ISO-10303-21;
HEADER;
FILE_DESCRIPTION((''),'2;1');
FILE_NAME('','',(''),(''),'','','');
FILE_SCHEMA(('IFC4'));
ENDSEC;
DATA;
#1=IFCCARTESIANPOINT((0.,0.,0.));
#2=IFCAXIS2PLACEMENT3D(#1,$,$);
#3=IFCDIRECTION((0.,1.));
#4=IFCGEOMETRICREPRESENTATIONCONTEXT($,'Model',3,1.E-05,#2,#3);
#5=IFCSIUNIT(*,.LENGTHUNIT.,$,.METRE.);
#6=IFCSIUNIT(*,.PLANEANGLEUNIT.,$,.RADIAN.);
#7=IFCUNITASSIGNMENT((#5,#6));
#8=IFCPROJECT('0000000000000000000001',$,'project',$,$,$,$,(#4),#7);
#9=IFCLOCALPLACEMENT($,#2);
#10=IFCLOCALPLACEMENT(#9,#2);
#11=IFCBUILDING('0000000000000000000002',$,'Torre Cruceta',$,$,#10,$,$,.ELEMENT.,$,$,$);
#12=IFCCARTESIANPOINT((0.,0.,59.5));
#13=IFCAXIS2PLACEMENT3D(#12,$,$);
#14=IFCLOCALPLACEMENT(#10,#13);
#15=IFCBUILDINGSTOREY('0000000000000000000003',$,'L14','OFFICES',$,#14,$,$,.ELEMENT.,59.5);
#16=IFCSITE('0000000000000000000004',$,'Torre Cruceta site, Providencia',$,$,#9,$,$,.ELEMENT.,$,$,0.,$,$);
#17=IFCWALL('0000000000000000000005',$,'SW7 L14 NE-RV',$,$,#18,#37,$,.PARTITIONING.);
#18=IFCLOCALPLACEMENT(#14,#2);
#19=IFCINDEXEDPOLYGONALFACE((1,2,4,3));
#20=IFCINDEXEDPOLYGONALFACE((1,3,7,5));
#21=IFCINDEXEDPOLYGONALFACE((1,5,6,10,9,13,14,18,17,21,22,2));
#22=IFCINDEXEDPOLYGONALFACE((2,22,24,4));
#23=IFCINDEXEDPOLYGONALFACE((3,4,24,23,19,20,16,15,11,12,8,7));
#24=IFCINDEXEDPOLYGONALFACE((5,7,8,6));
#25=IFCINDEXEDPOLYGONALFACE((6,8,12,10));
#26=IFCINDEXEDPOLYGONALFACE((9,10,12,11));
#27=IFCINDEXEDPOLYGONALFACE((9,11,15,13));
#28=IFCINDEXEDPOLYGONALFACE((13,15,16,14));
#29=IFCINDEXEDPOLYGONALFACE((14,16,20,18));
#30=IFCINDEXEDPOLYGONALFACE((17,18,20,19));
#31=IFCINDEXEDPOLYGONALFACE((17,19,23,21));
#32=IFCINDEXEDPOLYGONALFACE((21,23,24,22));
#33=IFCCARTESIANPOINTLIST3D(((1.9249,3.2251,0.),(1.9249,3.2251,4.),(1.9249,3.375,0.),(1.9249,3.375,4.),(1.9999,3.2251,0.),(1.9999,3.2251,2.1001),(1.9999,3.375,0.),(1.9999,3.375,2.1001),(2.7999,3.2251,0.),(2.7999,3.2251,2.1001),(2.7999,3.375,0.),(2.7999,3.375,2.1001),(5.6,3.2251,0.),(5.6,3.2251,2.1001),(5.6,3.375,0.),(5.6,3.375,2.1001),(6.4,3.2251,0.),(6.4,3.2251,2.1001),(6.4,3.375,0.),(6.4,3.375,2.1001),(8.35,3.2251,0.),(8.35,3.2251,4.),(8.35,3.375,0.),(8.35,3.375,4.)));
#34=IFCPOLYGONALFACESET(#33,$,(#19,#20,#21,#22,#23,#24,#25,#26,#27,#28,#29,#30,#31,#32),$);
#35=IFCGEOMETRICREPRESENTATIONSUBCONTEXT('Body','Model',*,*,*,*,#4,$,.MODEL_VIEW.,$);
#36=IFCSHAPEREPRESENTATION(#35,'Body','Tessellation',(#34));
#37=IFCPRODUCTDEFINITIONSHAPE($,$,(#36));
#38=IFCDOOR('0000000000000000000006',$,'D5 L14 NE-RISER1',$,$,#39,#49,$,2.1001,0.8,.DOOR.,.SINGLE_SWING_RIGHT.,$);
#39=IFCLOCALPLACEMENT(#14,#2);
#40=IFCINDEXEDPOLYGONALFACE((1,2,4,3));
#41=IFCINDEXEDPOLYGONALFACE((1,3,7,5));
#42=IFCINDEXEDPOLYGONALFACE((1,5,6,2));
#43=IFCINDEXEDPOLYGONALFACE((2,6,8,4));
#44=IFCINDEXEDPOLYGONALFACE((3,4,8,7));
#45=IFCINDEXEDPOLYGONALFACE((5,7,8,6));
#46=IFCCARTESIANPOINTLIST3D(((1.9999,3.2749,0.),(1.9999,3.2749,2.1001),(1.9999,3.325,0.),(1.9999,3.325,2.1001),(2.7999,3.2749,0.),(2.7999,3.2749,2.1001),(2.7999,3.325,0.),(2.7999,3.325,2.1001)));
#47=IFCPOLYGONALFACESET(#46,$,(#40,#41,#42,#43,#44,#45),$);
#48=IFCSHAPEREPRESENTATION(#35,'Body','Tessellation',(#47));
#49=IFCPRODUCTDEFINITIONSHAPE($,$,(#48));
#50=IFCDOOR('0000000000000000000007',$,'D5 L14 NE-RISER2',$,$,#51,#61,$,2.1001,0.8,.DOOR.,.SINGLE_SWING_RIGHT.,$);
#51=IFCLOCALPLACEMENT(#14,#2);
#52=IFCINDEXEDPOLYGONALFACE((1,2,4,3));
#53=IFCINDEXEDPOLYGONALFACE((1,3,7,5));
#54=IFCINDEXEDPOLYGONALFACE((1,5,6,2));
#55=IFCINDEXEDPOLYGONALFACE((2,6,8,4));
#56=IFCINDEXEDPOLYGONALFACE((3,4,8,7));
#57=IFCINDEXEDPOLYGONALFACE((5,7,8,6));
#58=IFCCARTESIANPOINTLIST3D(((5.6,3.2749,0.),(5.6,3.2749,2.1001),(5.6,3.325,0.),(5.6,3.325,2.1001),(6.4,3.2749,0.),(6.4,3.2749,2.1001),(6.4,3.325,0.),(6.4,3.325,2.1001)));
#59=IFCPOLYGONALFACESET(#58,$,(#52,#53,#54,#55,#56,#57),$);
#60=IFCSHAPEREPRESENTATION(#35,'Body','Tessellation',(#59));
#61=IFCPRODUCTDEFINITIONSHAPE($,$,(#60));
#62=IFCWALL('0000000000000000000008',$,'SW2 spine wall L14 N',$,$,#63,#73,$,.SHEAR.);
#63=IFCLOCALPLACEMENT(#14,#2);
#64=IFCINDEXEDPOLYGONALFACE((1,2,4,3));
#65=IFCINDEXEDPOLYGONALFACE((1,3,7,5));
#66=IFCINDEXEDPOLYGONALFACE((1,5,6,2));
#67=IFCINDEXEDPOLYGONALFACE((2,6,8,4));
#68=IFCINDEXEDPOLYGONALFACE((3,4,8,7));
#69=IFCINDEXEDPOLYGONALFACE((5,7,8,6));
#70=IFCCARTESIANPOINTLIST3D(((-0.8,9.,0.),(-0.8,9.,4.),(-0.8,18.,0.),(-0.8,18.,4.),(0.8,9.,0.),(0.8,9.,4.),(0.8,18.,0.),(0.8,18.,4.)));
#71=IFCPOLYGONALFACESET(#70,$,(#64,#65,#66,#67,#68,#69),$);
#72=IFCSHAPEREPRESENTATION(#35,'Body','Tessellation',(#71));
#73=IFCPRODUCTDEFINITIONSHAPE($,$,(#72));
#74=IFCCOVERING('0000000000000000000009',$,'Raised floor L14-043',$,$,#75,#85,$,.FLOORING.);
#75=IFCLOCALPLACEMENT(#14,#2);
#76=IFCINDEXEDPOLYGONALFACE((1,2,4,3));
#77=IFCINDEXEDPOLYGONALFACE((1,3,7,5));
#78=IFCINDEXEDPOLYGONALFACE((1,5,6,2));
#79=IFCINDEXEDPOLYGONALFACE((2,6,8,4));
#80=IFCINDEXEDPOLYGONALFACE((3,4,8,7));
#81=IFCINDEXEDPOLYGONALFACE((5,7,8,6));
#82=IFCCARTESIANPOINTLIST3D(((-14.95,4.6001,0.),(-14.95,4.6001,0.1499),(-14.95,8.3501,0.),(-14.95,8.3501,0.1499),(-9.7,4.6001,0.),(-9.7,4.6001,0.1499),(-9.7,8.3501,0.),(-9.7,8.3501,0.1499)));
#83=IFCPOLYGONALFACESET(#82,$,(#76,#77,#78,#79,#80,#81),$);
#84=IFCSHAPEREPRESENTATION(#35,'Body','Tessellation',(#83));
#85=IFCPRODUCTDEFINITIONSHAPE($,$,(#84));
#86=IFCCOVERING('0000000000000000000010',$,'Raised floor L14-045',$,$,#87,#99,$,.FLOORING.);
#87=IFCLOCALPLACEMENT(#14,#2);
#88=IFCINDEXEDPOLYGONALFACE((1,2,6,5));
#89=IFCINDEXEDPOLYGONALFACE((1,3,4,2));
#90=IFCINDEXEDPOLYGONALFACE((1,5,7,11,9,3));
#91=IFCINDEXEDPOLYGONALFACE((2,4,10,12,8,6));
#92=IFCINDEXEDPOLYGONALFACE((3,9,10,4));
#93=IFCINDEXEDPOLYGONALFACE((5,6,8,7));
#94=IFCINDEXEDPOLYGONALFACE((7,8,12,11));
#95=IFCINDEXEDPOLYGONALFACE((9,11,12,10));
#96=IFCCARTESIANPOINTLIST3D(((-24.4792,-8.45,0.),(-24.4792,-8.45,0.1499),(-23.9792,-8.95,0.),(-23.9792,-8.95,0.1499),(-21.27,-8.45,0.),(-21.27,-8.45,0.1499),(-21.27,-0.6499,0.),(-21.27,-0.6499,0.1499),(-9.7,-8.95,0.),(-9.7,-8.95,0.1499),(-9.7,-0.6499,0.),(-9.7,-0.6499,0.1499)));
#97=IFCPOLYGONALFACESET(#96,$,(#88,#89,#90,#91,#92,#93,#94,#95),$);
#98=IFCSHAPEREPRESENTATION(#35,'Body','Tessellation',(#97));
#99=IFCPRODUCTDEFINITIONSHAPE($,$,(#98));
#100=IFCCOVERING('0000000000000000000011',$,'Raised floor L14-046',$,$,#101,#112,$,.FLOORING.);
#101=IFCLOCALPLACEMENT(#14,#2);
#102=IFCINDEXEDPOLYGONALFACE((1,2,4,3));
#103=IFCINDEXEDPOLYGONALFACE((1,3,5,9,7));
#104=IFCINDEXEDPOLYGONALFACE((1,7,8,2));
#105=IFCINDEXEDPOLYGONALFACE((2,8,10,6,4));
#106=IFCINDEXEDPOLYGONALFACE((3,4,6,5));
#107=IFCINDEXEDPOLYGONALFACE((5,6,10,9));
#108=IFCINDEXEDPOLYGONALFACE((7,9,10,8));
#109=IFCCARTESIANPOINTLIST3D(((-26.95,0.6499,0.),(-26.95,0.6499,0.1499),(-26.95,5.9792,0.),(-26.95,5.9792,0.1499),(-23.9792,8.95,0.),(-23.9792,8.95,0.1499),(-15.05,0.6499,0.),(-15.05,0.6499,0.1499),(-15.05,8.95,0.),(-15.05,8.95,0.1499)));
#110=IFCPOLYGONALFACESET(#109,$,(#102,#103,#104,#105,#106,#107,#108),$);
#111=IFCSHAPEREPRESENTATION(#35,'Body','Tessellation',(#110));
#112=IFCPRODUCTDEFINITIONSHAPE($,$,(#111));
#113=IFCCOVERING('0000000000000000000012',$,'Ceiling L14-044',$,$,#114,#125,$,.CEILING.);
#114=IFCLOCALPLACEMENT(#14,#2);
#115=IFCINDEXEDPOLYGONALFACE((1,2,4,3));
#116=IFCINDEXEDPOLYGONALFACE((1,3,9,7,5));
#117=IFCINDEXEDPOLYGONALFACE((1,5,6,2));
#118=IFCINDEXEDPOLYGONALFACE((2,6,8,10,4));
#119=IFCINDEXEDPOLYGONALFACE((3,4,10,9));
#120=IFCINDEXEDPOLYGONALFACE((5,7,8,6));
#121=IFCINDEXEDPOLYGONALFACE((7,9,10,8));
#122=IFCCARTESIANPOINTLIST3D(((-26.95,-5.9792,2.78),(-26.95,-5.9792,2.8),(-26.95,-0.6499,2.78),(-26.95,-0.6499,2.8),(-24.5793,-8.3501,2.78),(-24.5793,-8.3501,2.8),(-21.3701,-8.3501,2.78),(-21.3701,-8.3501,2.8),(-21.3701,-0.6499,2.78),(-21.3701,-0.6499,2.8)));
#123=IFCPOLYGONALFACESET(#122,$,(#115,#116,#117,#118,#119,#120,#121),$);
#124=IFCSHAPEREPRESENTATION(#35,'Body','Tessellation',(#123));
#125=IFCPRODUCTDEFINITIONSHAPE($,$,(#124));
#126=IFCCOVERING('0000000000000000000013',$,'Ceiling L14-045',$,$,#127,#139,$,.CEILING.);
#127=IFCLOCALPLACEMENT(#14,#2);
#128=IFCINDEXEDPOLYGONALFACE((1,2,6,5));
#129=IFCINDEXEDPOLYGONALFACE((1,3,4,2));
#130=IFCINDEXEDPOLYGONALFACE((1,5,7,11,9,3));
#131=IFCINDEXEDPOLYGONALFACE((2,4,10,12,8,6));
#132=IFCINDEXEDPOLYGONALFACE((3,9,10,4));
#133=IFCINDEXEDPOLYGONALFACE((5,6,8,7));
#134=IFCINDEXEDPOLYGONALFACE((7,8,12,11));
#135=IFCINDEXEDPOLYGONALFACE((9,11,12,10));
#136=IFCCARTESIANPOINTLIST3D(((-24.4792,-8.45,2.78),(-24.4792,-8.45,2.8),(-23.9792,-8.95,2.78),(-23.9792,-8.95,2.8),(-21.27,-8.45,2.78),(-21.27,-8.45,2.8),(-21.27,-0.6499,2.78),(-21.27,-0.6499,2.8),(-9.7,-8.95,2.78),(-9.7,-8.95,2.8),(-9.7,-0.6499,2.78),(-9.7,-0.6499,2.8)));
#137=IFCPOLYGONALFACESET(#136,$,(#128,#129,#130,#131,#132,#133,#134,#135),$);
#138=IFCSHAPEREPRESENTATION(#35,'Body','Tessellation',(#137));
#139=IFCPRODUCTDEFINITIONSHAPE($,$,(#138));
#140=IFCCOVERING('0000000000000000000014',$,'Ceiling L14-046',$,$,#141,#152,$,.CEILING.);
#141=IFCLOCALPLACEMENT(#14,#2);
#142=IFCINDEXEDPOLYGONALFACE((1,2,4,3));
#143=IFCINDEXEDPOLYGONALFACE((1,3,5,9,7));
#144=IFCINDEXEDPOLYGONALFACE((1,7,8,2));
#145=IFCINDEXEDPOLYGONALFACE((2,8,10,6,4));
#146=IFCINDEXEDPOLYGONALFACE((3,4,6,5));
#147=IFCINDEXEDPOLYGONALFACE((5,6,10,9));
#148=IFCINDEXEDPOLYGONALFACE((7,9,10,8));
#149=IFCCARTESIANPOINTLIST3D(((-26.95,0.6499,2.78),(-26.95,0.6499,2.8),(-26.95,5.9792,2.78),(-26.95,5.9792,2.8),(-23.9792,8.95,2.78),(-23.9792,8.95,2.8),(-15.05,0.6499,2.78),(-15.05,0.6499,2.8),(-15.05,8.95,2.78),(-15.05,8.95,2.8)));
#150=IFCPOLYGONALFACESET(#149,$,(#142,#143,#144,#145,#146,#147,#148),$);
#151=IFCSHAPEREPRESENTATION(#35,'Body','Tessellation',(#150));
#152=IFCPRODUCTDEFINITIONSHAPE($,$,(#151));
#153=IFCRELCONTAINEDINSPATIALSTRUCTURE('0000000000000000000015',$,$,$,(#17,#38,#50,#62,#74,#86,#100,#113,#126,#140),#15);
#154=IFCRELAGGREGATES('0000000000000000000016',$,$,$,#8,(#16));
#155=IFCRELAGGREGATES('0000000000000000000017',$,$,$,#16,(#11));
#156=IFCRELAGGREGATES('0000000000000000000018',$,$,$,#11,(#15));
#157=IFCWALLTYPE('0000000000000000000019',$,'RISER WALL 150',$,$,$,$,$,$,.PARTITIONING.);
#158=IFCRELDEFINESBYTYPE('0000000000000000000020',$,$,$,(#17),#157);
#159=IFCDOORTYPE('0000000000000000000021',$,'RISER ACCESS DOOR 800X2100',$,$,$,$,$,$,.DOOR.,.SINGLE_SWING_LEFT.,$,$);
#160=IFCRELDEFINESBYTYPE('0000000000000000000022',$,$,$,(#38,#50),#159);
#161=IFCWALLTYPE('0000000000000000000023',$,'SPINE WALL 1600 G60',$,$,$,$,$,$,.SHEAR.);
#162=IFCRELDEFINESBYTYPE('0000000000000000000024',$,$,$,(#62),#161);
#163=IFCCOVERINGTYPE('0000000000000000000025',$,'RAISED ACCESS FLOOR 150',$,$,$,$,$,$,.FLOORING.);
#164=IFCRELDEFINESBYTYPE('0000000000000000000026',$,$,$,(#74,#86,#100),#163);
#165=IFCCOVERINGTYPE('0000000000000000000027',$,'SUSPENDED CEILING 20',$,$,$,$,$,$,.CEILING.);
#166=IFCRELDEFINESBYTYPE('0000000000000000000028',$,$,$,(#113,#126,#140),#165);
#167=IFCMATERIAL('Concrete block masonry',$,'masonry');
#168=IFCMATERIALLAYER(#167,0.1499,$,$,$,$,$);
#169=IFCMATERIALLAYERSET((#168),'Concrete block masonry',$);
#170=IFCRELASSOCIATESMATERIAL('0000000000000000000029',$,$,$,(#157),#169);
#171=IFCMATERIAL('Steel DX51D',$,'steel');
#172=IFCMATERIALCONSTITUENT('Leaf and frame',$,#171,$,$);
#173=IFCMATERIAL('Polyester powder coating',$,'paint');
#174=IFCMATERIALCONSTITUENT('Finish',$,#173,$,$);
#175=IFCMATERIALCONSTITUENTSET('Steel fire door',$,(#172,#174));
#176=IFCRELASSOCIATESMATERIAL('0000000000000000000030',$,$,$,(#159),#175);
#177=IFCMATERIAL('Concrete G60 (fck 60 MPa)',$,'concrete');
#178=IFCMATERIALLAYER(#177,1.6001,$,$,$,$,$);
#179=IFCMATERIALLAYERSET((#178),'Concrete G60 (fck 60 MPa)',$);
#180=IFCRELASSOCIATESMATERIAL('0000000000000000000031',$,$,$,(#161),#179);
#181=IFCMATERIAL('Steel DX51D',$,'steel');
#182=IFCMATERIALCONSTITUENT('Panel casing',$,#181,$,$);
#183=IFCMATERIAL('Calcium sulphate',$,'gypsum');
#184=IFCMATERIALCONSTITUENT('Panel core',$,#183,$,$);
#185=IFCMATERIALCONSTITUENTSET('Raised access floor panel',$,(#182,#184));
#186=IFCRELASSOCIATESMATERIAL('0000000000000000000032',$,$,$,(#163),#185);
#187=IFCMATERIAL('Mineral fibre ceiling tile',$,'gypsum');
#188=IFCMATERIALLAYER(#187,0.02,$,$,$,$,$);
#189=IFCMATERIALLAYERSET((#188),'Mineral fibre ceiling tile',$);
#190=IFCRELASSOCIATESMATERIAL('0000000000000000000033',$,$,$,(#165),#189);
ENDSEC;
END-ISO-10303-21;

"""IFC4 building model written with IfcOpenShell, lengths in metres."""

from ifc_helpers import new_model, si_unit, direction, frame, frame_2d, origin, place, context, subcontext, project, spatial, polyline, rectangle, outline, extrude, material, layer, layer_set, constituent, constituent_set, type_object, element, fill, save


model = new_model("IFC4")

# Units and contexts
model_context = context("Model", 3, precision=1e-05, world=origin(), true_north=direction((0.0, 1.0)))
body_context = subcontext(model_context, "Body", "Model", "MODEL_VIEW")
ifc_project = project(units=[si_unit("LENGTHUNIT", "METRE"), si_unit("PLANEANGLEUNIT", "RADIAN")], contexts=[model_context])

# Site, building, storey
site_placement = place(None, origin())
site = spatial("IfcSite", under=ifc_project, at=site_placement, Name="Torre Cruceta site, Providencia", CompositionType="ELEMENT", RefElevation=0.0)
building_placement = place(site_placement, origin())
building = spatial("IfcBuilding", under=site, at=building_placement, Name="Torre Cruceta", CompositionType="ELEMENT")
storey_placement = place(building_placement, frame((0.0, 0.0, 59.5)))
storey = spatial("IfcBuildingStorey", under=building, at=storey_placement, Name="L14", Description="OFFICES", CompositionType="ELEMENT", Elevation=59.5)

# Wall, openings, doors
ifc_material_1 = material(Name="Concrete block masonry", Category="masonry")
ifc_layer_1 = layer(ifc_material_1, 0.1499)
ifc_layer_set_1 = layer_set([ifc_layer_1], Name="Concrete block masonry")
wall_type_1 = type_object("IfcWallType", Name="RISER WALL 150", PredefinedType="PARTITIONING", material=ifc_layer_set_1)
wall_1_placement = place(storey_placement, frame((1.925, 3.3, 0.0), z_axis=(0.0, 0.0, 1.0), x_axis=(1.0, 0.0, 0.0)))
wall_1 = element("IfcWall", 1, at=wall_1_placement, inside=storey, type_object=wall_type_1, Name="SW7 L14 NE-RV", PredefinedType="PARTITIONING", context=body_context, shape_type="SweptSolid", body=[
    extrude(rectangle(XDim=6.425, YDim=0.1499, at=frame_2d((3.2124, 0.0))), origin(), (0.0, 0.0, 1.0), 4.0),
])
opening_1_placement = place(wall_1_placement, frame((0.075, 0.0, 0.0)))
opening_1 = element("IfcOpeningElement", 2, at=opening_1_placement, cuts=wall_1, PredefinedType="OPENING", context=body_context, shape_type="SweptSolid", body=[
    extrude(rectangle(XDim=0.8, YDim=2.1001, at=frame_2d((0.3999, 1.05))), frame((0.0, 0.085, 0.0), z_axis=(0.0, -1.0, 0.0), x_axis=(1.0, 0.0, 0.0)), (0.0, 0.0, 1.0), 0.1699),
])
opening_2_placement = place(wall_1_placement, frame((3.675, 0.0, 0.0)))
opening_2 = element("IfcOpeningElement", 3, at=opening_2_placement, cuts=wall_1, PredefinedType="OPENING", context=body_context, shape_type="SweptSolid", body=[
    extrude(rectangle(XDim=0.8, YDim=2.1001, at=frame_2d((0.3999, 1.05))), frame((0.0, 0.085, 0.0), z_axis=(0.0, -1.0, 0.0), x_axis=(1.0, 0.0, 0.0)), (0.0, 0.0, 1.0), 0.1699),
])
ifc_material_2 = material(Name="Steel DX51D", Category="steel")
ifc_constituent_1 = constituent(ifc_material_2, Name="Leaf and frame")
ifc_material_3 = material(Name="Polyester powder coating", Category="paint")
ifc_constituent_2 = constituent(ifc_material_3, Name="Finish")
ifc_constituent_set_1 = constituent_set(constituents=[ifc_constituent_1, ifc_constituent_2], Name="Steel fire door")
door_type_1 = type_object("IfcDoorType", Name="RISER ACCESS DOOR 800X2100", OperationType="SINGLE_SWING_LEFT", PredefinedType="DOOR", material=ifc_constituent_set_1)
door_1_placement = place(opening_1_placement, frame((0.8, 0.0, 0.0), z_axis=(0.0, 0.0, 1.0), x_axis=(-1.0, 0.0, 0.0)))
door_1 = element("IfcDoor", 4, at=door_1_placement, inside=storey, type_object=door_type_1, Name="D5 L14 NE-RISER1", OperationType="SINGLE_SWING_RIGHT", OverallHeight=2.1001, OverallWidth=0.8, PredefinedType="DOOR", context=body_context, shape_type="SweptSolid", body=[
    extrude(rectangle(XDim=0.8, YDim=2.1001, at=frame_2d((0.4001, 1.05))), frame((0.0, 0.0251, 0.0), z_axis=(0.0, -1.0, 0.0), x_axis=(1.0, 0.0, 0.0)), (0.0, 0.0, 1.0), 0.05),
])
fill(opening_1, door_1)
door_2_placement = place(opening_2_placement, frame((0.8, 0.0, 0.0), z_axis=(0.0, 0.0, 1.0), x_axis=(-1.0, 0.0, 0.0)))
door_2 = element("IfcDoor", 5, at=door_2_placement, inside=storey, type_object=door_type_1, Name="D5 L14 NE-RISER2", OperationType="SINGLE_SWING_RIGHT", OverallHeight=2.1001, OverallWidth=0.8, PredefinedType="DOOR", context=body_context, shape_type="SweptSolid", body=[
    extrude(rectangle(XDim=0.8, YDim=2.1001, at=frame_2d((0.4001, 1.05))), frame((0.0, 0.0251, 0.0), z_axis=(0.0, -1.0, 0.0), x_axis=(1.0, 0.0, 0.0)), (0.0, 0.0, 1.0), 0.05),
])
fill(opening_2, door_2)

# Wall
ifc_material_4 = material(Name="Concrete G60 (fck 60 MPa)", Category="concrete")
ifc_layer_2 = layer(ifc_material_4, 1.6001)
ifc_layer_set_2 = layer_set([ifc_layer_2], Name="Concrete G60 (fck 60 MPa)")
wall_type_2 = type_object("IfcWallType", Name="SPINE WALL 1600 G60", PredefinedType="SHEAR", material=ifc_layer_set_2)
wall_2_placement = place(storey_placement, frame((0.0, 9.0, 0.0), z_axis=(0.0, 0.0, 1.0), x_axis=(0.0, 1.0, 0.0)))
element("IfcWall", 6, at=wall_2_placement, inside=storey, type_object=wall_type_2, Name="SW2 spine wall L14 N", PredefinedType="SHEAR", context=body_context, shape_type="SweptSolid", body=[
    extrude(rectangle(XDim=9.0, YDim=1.6001, at=frame_2d((4.5, 0.0))), origin(), (0.0, 0.0, 1.0), 4.0),
])

# Coverings
ifc_material_5 = material(Name="Steel DX51D", Category="steel")
ifc_constituent_3 = constituent(ifc_material_5, Name="Panel casing")
ifc_material_6 = material(Name="Calcium sulphate", Category="gypsum")
ifc_constituent_4 = constituent(ifc_material_6, Name="Panel core")
ifc_constituent_set_2 = constituent_set(constituents=[ifc_constituent_3, ifc_constituent_4], Name="Raised access floor panel")
covering_type_1 = type_object("IfcCoveringType", Name="RAISED ACCESS FLOOR 150", PredefinedType="FLOORING", material=ifc_constituent_set_2)
covering_1_placement = place(storey_placement, origin())
element("IfcCovering", 7, at=covering_1_placement, inside=storey, type_object=covering_type_1, Name="Raised floor L14-043", PredefinedType="FLOORING", context=body_context, shape_type="SweptSolid", body=[
    extrude(outline(polyline([(-9.7, 8.3501), (-9.7, 4.6001), (-14.95, 4.6001), (-14.95, 8.3501), (-9.7, 8.3501)])), origin(), (0.0, 0.0, 1.0), 0.1499),
])
covering_2_placement = place(storey_placement, origin())
element("IfcCovering", 8, at=covering_2_placement, inside=storey, type_object=covering_type_1, Name="Raised floor L14-045", PredefinedType="FLOORING", context=body_context, shape_type="SweptSolid", body=[
    extrude(outline(polyline([(-24.4792, -8.45), (-21.27, -8.45), (-21.27, -0.6499), (-9.7, -0.6499), (-9.7, -8.95), (-23.9792, -8.95), (-24.4792, -8.45)])), origin(), (0.0, 0.0, 1.0), 0.1499),
])
covering_3_placement = place(storey_placement, origin())
element("IfcCovering", 9, at=covering_3_placement, inside=storey, type_object=covering_type_1, Name="Raised floor L14-046", PredefinedType="FLOORING", context=body_context, shape_type="SweptSolid", body=[
    extrude(outline(polyline([(-26.95, 5.9792), (-23.9792, 8.95), (-15.05, 8.95), (-15.05, 0.6499), (-26.95, 0.6499), (-26.95, 5.9792)])), origin(), (0.0, 0.0, 1.0), 0.1499),
])
ifc_material_7 = material(Name="Mineral fibre ceiling tile", Category="gypsum")
ifc_layer_3 = layer(ifc_material_7, 0.02)
ifc_layer_set_3 = layer_set([ifc_layer_3], Name="Mineral fibre ceiling tile")
covering_type_2 = type_object("IfcCoveringType", Name="SUSPENDED CEILING 20", PredefinedType="CEILING", material=ifc_layer_set_3)
covering_4_placement = place(storey_placement, frame((0.0, 0.0, 2.78)))
element("IfcCovering", 10, at=covering_4_placement, inside=storey, type_object=covering_type_2, Name="Ceiling L14-044", PredefinedType="CEILING", context=body_context, shape_type="SweptSolid", body=[
    extrude(outline(polyline([(-26.95, -0.6499), (-21.3701, -0.6499), (-21.3701, -8.3501), (-24.5793, -8.3501), (-26.95, -5.9792), (-26.95, -0.6499)])), origin(), (0.0, 0.0, 1.0), 0.02),
])
covering_5_placement = place(storey_placement, frame((0.0, 0.0, 2.78)))
element("IfcCovering", 11, at=covering_5_placement, inside=storey, type_object=covering_type_2, Name="Ceiling L14-045", PredefinedType="CEILING", context=body_context, shape_type="SweptSolid", body=[
    extrude(outline(polyline([(-24.4792, -8.45), (-21.27, -8.45), (-21.27, -0.6499), (-9.7, -0.6499), (-9.7, -8.95), (-23.9792, -8.95), (-24.4792, -8.45)])), origin(), (0.0, 0.0, 1.0), 0.02),
])
covering_6_placement = place(storey_placement, frame((0.0, 0.0, 2.78)))
element("IfcCovering", 12, at=covering_6_placement, inside=storey, type_object=covering_type_2, Name="Ceiling L14-046", PredefinedType="CEILING", context=body_context, shape_type="SweptSolid", body=[
    extrude(outline(polyline([(-26.95, 5.9792), (-23.9792, 8.95), (-15.05, 8.95), (-15.05, 0.6499), (-26.95, 0.6499), (-26.95, 5.9792)])), origin(), (0.0, 0.0, 1.0), 0.02),
])

save(model, "model.ifc")
